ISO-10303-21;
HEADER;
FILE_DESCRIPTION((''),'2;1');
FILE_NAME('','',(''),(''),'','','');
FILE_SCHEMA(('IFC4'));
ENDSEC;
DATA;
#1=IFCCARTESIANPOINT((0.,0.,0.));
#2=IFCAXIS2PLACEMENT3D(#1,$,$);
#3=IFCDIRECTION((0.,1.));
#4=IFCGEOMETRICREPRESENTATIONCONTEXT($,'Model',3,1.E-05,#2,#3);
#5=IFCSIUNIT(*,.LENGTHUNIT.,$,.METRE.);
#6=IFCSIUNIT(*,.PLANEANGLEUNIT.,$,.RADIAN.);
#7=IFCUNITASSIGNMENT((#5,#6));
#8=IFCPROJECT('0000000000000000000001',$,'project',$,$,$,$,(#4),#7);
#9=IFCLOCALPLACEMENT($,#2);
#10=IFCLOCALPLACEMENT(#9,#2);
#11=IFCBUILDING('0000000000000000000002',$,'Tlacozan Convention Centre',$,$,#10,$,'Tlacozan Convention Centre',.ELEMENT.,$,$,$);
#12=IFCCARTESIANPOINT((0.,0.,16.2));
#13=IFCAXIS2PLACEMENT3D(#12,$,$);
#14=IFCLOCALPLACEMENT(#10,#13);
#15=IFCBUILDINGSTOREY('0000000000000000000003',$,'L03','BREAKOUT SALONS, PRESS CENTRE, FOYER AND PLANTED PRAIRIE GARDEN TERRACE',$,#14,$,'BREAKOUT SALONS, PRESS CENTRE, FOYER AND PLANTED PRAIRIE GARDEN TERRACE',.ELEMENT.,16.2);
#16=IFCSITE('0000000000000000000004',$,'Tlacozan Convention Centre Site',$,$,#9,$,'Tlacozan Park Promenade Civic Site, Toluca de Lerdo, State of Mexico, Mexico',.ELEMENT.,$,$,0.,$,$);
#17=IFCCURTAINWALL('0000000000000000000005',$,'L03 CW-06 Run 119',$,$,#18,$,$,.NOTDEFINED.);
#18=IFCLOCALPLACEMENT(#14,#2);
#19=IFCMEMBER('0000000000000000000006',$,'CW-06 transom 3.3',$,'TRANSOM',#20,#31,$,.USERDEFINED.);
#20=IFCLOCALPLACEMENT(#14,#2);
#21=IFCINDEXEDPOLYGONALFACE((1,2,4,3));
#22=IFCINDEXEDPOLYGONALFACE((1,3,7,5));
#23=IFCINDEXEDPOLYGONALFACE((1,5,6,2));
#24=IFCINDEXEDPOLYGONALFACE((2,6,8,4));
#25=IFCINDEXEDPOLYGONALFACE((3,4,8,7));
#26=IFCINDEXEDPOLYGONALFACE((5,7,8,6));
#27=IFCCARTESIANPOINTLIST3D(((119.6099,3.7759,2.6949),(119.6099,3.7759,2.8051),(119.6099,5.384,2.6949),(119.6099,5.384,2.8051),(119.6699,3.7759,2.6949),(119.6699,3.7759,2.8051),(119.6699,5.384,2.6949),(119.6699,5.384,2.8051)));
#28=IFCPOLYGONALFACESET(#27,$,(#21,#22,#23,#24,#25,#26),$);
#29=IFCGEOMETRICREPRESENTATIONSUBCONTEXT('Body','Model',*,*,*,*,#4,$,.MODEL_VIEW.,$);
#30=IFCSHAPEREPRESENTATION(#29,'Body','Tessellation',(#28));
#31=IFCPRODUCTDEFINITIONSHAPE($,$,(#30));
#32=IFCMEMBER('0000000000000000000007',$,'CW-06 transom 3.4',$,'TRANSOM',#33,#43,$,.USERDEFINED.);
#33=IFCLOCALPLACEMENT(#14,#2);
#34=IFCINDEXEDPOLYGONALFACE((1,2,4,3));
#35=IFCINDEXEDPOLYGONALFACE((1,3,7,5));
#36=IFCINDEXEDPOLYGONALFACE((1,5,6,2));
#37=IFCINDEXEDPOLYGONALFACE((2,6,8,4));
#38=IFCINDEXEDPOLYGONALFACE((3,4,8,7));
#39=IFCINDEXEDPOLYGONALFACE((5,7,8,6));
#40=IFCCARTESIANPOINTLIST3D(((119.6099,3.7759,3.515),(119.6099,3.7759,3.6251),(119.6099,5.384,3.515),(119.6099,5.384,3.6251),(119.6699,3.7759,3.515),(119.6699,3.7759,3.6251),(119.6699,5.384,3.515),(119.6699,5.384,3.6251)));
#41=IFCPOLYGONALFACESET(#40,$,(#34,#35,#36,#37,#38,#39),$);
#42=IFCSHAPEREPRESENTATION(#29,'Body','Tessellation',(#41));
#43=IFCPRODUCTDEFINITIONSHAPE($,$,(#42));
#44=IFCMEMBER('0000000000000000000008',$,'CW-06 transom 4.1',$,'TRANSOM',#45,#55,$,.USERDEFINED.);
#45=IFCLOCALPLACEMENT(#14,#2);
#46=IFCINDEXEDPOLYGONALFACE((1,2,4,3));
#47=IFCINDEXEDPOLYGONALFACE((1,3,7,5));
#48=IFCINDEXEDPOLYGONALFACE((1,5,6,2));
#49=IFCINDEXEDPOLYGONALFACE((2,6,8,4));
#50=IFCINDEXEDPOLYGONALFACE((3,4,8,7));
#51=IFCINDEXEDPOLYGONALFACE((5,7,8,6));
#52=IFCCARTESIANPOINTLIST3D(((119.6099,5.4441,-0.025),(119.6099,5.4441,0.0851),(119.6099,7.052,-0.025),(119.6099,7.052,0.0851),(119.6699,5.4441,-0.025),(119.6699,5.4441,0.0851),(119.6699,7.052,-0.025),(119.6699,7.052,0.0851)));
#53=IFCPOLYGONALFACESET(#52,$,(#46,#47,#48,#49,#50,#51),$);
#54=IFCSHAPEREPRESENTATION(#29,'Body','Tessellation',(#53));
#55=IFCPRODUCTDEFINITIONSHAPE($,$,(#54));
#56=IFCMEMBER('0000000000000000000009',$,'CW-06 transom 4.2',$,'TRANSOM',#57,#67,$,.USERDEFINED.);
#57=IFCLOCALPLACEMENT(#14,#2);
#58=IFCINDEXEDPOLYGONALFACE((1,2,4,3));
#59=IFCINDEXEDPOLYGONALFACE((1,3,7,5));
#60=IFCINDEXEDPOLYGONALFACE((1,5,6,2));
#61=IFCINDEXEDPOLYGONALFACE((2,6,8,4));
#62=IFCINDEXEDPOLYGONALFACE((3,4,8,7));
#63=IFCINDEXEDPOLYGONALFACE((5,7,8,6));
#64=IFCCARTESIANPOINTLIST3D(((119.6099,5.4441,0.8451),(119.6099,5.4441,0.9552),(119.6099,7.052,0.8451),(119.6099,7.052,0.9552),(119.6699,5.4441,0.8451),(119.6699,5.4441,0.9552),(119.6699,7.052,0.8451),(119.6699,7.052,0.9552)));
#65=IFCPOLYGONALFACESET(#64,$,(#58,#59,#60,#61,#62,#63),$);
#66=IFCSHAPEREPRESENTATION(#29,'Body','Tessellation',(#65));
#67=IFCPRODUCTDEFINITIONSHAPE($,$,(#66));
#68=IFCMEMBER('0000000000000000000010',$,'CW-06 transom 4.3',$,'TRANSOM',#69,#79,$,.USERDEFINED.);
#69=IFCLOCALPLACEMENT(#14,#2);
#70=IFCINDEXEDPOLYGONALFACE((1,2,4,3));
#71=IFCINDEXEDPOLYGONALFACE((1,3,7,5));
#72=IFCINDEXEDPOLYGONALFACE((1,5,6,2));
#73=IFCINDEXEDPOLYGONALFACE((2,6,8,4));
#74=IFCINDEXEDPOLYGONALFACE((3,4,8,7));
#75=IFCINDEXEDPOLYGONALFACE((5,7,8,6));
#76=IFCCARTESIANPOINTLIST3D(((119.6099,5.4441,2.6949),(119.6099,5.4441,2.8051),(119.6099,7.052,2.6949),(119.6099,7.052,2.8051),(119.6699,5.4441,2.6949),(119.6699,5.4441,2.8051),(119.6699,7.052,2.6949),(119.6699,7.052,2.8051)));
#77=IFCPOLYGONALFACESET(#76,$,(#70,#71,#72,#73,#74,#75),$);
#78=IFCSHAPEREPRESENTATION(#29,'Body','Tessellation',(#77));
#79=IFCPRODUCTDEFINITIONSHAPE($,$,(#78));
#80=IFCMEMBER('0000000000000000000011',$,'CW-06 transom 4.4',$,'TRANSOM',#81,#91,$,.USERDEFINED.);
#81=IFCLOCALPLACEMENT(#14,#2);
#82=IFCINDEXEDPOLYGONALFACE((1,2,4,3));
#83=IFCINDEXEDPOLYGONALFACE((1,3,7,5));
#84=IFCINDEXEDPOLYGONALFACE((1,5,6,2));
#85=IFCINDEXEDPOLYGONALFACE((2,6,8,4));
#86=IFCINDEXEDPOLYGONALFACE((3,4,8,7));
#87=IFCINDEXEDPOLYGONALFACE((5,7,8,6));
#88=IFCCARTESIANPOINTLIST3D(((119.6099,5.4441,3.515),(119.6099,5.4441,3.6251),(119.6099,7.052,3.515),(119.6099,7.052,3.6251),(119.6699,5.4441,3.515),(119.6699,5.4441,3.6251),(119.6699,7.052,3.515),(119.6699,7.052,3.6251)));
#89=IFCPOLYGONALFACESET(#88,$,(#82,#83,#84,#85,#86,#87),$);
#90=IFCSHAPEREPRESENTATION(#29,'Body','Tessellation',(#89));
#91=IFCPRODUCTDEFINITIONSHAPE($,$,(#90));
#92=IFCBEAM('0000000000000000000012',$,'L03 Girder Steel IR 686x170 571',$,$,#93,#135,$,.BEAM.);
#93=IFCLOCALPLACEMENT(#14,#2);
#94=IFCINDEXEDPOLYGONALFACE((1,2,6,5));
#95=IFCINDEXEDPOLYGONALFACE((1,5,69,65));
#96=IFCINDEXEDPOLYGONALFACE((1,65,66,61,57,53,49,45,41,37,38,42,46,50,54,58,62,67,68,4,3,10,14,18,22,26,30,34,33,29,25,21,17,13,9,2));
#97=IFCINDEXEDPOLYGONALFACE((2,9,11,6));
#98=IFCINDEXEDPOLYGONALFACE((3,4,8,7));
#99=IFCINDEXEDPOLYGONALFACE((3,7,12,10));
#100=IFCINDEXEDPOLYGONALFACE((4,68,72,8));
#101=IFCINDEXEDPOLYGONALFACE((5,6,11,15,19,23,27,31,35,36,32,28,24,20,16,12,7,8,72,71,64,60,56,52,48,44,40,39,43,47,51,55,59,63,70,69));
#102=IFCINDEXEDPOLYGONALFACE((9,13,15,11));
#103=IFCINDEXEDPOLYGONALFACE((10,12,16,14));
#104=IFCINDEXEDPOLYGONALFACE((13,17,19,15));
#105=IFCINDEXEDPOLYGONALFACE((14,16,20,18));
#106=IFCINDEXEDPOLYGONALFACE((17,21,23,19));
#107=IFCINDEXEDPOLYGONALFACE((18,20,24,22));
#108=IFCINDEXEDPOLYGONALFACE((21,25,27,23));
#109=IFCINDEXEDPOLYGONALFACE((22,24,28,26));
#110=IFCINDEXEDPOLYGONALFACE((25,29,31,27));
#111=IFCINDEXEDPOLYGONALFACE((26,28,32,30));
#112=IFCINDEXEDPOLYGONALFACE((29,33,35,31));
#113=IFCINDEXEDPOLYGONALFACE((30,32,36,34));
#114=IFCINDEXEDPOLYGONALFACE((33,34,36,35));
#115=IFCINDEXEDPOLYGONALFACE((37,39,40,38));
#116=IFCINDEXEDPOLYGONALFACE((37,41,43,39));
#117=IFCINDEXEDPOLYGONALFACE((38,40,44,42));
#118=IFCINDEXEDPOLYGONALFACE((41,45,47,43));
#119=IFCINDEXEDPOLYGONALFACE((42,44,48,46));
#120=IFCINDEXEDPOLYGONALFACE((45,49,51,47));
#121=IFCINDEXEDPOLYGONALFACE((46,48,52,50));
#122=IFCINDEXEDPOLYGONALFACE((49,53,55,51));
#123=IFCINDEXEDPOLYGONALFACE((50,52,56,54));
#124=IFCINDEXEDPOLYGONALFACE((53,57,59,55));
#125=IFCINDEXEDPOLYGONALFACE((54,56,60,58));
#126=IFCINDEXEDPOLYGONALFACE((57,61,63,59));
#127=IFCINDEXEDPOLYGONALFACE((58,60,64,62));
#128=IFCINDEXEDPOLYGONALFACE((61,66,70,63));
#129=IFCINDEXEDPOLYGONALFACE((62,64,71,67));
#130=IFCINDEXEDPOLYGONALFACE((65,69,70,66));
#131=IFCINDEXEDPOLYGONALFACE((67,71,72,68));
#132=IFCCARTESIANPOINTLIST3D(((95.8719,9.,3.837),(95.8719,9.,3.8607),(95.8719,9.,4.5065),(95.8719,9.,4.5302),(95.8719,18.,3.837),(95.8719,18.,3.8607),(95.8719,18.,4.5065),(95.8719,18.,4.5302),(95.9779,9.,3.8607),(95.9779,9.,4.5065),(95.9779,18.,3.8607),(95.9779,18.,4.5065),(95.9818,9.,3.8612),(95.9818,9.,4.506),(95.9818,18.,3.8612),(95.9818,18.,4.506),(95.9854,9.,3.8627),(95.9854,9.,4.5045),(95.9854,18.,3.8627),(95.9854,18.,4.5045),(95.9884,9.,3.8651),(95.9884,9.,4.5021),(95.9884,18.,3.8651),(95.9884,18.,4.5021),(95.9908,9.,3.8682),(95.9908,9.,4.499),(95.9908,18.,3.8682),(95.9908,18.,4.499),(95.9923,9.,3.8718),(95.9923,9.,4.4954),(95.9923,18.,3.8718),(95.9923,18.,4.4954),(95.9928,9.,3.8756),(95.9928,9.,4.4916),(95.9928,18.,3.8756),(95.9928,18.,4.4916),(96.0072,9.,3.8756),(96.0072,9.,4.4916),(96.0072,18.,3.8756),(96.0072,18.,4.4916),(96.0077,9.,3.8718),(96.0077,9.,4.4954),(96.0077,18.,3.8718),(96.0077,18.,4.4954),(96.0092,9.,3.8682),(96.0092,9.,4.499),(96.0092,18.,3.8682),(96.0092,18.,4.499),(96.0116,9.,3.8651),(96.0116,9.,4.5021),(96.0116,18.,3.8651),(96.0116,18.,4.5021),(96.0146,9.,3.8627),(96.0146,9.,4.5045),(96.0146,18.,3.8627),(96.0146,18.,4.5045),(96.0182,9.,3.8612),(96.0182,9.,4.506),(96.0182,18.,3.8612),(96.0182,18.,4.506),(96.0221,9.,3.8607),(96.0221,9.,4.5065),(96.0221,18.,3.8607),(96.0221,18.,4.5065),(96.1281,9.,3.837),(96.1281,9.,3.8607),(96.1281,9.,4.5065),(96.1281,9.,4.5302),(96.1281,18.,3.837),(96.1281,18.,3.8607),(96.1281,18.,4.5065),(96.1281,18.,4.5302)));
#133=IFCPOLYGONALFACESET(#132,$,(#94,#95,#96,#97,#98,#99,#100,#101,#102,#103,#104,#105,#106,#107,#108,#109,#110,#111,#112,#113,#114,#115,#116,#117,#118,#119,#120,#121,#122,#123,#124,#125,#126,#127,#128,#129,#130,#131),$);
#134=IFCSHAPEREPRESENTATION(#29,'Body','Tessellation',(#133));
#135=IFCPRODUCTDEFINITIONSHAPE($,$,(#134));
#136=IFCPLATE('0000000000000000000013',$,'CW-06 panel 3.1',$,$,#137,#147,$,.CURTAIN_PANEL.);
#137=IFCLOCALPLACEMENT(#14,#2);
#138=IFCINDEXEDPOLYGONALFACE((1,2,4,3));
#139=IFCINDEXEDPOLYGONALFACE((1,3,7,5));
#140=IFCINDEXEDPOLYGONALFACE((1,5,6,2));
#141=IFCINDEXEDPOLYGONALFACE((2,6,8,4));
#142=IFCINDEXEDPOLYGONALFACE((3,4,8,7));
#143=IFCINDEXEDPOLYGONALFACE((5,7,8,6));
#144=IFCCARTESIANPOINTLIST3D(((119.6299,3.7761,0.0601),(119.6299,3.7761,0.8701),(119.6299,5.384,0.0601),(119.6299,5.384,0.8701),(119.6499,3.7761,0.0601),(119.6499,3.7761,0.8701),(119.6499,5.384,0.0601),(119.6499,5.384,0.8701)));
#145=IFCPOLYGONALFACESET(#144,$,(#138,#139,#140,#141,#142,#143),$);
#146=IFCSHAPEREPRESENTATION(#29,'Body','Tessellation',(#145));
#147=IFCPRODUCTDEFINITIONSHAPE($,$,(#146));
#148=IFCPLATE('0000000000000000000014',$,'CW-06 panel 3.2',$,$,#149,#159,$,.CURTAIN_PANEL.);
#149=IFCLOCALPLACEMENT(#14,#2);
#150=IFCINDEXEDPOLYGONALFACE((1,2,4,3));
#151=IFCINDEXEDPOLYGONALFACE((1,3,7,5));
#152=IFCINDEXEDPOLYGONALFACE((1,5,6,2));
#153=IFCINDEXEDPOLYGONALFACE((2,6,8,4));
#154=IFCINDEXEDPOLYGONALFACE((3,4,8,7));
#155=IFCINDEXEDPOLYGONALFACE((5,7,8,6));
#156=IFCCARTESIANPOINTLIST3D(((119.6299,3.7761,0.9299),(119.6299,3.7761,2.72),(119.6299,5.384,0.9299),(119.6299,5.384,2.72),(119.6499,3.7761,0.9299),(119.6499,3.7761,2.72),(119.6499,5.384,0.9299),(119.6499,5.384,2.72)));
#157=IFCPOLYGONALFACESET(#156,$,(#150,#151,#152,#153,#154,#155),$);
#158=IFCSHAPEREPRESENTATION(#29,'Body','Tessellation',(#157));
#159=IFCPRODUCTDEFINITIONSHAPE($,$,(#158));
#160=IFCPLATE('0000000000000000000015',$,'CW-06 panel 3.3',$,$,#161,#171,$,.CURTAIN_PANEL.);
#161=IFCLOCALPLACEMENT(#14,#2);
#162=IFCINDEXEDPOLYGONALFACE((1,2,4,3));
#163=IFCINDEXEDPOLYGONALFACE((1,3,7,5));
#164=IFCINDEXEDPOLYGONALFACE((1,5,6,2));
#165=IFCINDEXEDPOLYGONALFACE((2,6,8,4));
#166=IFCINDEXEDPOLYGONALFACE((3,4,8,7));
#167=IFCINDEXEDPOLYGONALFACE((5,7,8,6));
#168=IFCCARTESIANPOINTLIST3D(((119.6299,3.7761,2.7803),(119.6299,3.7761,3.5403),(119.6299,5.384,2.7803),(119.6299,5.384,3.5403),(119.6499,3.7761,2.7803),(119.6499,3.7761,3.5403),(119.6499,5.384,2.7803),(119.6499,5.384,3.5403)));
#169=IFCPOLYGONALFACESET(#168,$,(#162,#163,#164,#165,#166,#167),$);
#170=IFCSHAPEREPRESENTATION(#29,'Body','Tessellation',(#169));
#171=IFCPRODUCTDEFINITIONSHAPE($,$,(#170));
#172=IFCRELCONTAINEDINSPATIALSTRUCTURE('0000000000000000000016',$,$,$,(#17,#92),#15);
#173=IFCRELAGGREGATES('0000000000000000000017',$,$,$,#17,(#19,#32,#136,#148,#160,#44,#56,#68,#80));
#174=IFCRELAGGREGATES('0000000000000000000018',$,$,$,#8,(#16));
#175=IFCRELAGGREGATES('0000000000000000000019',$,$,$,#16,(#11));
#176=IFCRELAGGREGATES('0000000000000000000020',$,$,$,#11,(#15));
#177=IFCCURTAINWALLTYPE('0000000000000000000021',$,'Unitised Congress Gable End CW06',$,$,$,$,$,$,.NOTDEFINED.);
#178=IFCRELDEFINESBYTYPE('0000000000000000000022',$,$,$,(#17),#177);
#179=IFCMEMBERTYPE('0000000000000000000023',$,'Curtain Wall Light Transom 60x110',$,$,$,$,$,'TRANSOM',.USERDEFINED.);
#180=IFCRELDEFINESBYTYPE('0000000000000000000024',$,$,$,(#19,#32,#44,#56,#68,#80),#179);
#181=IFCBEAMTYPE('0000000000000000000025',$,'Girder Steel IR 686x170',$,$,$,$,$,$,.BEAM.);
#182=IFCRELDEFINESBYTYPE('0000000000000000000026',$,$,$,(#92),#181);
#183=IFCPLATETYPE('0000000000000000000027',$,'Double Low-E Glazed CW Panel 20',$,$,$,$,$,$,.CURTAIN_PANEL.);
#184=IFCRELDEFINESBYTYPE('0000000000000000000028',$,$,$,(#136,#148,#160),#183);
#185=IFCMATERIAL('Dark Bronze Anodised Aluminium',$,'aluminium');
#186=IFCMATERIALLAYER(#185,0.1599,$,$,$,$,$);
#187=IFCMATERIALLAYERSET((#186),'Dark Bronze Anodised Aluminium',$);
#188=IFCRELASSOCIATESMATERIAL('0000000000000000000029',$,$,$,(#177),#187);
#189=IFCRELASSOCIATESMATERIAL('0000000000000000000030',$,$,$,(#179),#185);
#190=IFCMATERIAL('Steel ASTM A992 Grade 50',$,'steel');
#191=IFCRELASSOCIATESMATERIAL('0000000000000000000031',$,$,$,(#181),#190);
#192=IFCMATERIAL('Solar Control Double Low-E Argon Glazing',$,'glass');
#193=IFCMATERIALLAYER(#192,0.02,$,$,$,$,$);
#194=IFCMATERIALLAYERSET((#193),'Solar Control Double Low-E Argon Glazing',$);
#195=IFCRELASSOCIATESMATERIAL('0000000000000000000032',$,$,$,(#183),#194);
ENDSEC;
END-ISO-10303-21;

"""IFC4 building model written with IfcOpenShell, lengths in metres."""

from ifc_helpers import new_model, si_unit, direction, frame, origin, origin_2d, place, context, subcontext, project, spatial, rectangle, i_section, extrude, material, layer, layer_set, material_profile, profile_set, type_object, element, aggregate, save


model = new_model("IFC4")

# Units and contexts
model_context = context("Model", 3, precision=1e-05, world=origin(), true_north=direction((0.0, 1.0)))
body_context = subcontext(model_context, "Body", "Model", "MODEL_VIEW")
ifc_project = project(units=[si_unit("LENGTHUNIT", "METRE"), si_unit("PLANEANGLEUNIT", "RADIAN")], contexts=[model_context])

# Site, building, storey
site_placement = place(None, origin())
site = spatial("IfcSite", under=ifc_project, at=site_placement, Name="Tlacozan Convention Centre Site", LongName="Tlacozan Park Promenade Civic Site, Toluca de Lerdo, State of Mexico, Mexico", CompositionType="ELEMENT", RefElevation=0.0)
building_placement = place(site_placement, origin())
building = spatial("IfcBuilding", under=site, at=building_placement, Name="Tlacozan Convention Centre", LongName="Tlacozan Convention Centre", CompositionType="ELEMENT")
storey_placement = place(building_placement, frame((0.0, 0.0, 16.2)))
storey = spatial("IfcBuildingStorey", under=building, at=storey_placement, Name="L03", Description="BREAKOUT SALONS, PRESS CENTRE, FOYER AND PLANTED PRAIRIE GARDEN TERRACE", LongName="BREAKOUT SALONS, PRESS CENTRE, FOYER AND PLANTED PRAIRIE GARDEN TERRACE", CompositionType="ELEMENT", Elevation=16.2)

# Curtain wall, members
ifc_material_1 = material(Name="Dark Bronze Anodised Aluminium", Category="aluminium")
ifc_layer_1 = layer(ifc_material_1, 0.1599)
ifc_layer_set_1 = layer_set([ifc_layer_1], Name="Dark Bronze Anodised Aluminium")
curtain_wall_type = type_object("IfcCurtainWallType", Name="Unitised Congress Gable End CW06", PredefinedType="NOTDEFINED", material=ifc_layer_set_1)
curtain_wall_placement = place(storey_placement, origin())
curtain_wall = element("IfcCurtainWall", 1, at=curtain_wall_placement, inside=storey, type_object=curtain_wall_type, Name="L03 CW-06 Run 119", PredefinedType="NOTDEFINED")
ifc_material_profile_1 = material_profile(ifc_material_1, rectangle(XDim=0.0601, YDim=0.1101, at=origin_2d()), Name="ALU 60x110")
ifc_profile_set_1 = profile_set([ifc_material_profile_1], Name="Dark Bronze Anodised Aluminium")
member_type_1 = type_object("IfcMemberType", Name="Curtain Wall Light Transom 60x110", ElementType="TRANSOM", PredefinedType="USERDEFINED", material=ifc_profile_set_1)
member_1_placement = place(storey_placement, frame((119.6399, 3.7759, 2.75), z_axis=(0.0, 1.0, 0.0), x_axis=(-1.0, 0.0, 0.0)))
member_1 = element("IfcMember", 2, at=member_1_placement, type_object=member_type_1, Name="CW-06 transom 3.3", ObjectType="TRANSOM", PredefinedType="USERDEFINED", context=body_context, shape_type="SweptSolid", body=[
    extrude(rectangle(XDim=0.0601, YDim=0.1101, at=origin_2d()), origin(), (0.0, 0.0, 1.0), 1.6082),
])
member_2_placement = place(storey_placement, frame((119.6399, 3.7759, 3.5701), z_axis=(0.0, 1.0, 0.0), x_axis=(-1.0, 0.0, 0.0)))
member_2 = element("IfcMember", 3, at=member_2_placement, type_object=member_type_1, Name="CW-06 transom 3.4", ObjectType="TRANSOM", PredefinedType="USERDEFINED", context=body_context, shape_type="SweptSolid", body=[
    extrude(rectangle(XDim=0.0601, YDim=0.1101, at=origin_2d()), origin(), (0.0, 0.0, 1.0), 1.6082),
])
member_3_placement = place(storey_placement, frame((119.6399, 5.4441, 0.03), z_axis=(0.0, 1.0, 0.0), x_axis=(-1.0, 0.0, 0.0)))
member_3 = element("IfcMember", 4, at=member_3_placement, type_object=member_type_1, Name="CW-06 transom 4.1", ObjectType="TRANSOM", PredefinedType="USERDEFINED", context=body_context, shape_type="SweptSolid", body=[
    extrude(rectangle(XDim=0.0601, YDim=0.1101, at=origin_2d()), origin(), (0.0, 0.0, 1.0), 1.6079),
])
member_4_placement = place(storey_placement, frame((119.6399, 5.4441, 0.9001), z_axis=(0.0, 1.0, 0.0), x_axis=(-1.0, 0.0, 0.0)))
member_4 = element("IfcMember", 5, at=member_4_placement, type_object=member_type_1, Name="CW-06 transom 4.2", ObjectType="TRANSOM", PredefinedType="USERDEFINED", context=body_context, shape_type="SweptSolid", body=[
    extrude(rectangle(XDim=0.0601, YDim=0.1101, at=origin_2d()), origin(), (0.0, 0.0, 1.0), 1.6079),
])
member_5_placement = place(storey_placement, frame((119.6399, 5.4441, 2.75), z_axis=(0.0, 1.0, 0.0), x_axis=(-1.0, 0.0, 0.0)))
member_5 = element("IfcMember", 6, at=member_5_placement, type_object=member_type_1, Name="CW-06 transom 4.3", ObjectType="TRANSOM", PredefinedType="USERDEFINED", context=body_context, shape_type="SweptSolid", body=[
    extrude(rectangle(XDim=0.0601, YDim=0.1101, at=origin_2d()), origin(), (0.0, 0.0, 1.0), 1.6079),
])
member_6_placement = place(storey_placement, frame((119.6399, 5.4441, 3.5701), z_axis=(0.0, 1.0, 0.0), x_axis=(-1.0, 0.0, 0.0)))
member_6 = element("IfcMember", 7, at=member_6_placement, type_object=member_type_1, Name="CW-06 transom 4.4", ObjectType="TRANSOM", PredefinedType="USERDEFINED", context=body_context, shape_type="SweptSolid", body=[
    extrude(rectangle(XDim=0.0601, YDim=0.1101, at=origin_2d()), origin(), (0.0, 0.0, 1.0), 1.6079),
])

# Beam
ifc_material_2 = material(Name="Steel ASTM A992 Grade 50", Category="steel")
ifc_material_profile_2 = material_profile(ifc_material_2, i_section(OverallWidth=0.2561, OverallDepth=0.6931, WebThickness=0.0144, FlangeThickness=0.0237, FilletRadius=0.0149, at=origin_2d()), Name="IR 686x170.0")
ifc_profile_set_2 = profile_set([ifc_material_profile_2], Name="Steel ASTM A992 Grade 50")
beam_type = type_object("IfcBeamType", Name="Girder Steel IR 686x170", PredefinedType="BEAM", material=ifc_profile_set_2)
beam_placement = place(storey_placement, frame((96.0, 9.0, 4.1836), z_axis=(0.0, 1.0, 0.0), x_axis=(-1.0, 0.0, 0.0)))
element("IfcBeam", 8, at=beam_placement, inside=storey, type_object=beam_type, Name="L03 Girder Steel IR 686x170 571", PredefinedType="BEAM", context=body_context, shape_type="SweptSolid", body=[
    extrude(i_section(OverallWidth=0.2561, OverallDepth=0.6931, WebThickness=0.0144, FlangeThickness=0.0237, FilletRadius=0.0149, at=origin_2d()), origin(), (0.0, 0.0, 1.0), 9.0),
])

# Plates
ifc_material_3 = material(Name="Solar Control Double Low-E Argon Glazing", Category="glass")
ifc_layer_2 = layer(ifc_material_3, 0.02)
ifc_layer_set_2 = layer_set([ifc_layer_2], Name="Solar Control Double Low-E Argon Glazing")
plate_type = type_object("IfcPlateType", Name="Double Low-E Glazed CW Panel 20", PredefinedType="CURTAIN_PANEL", material=ifc_layer_set_2)
plate_1_placement = place(storey_placement, frame((119.6399, 4.5801, 0.0601), z_axis=(0.0, 0.0, 1.0), x_axis=(0.0, 1.0, 0.0)))
plate_1 = element("IfcPlate", 9, at=plate_1_placement, type_object=plate_type, Name="CW-06 panel 3.1", PredefinedType="CURTAIN_PANEL", context=body_context, shape_type="SweptSolid", body=[
    extrude(rectangle(XDim=1.6079, YDim=0.02, at=origin_2d()), origin(), (0.0, 0.0, 1.0), 0.8101),
])
plate_2_placement = place(storey_placement, frame((119.6399, 4.5801, 0.9299), z_axis=(0.0, 0.0, 1.0), x_axis=(0.0, 1.0, 0.0)))
plate_2 = element("IfcPlate", 10, at=plate_2_placement, type_object=plate_type, Name="CW-06 panel 3.2", PredefinedType="CURTAIN_PANEL", context=body_context, shape_type="SweptSolid", body=[
    extrude(rectangle(XDim=1.6079, YDim=0.02, at=origin_2d()), origin(), (0.0, 0.0, 1.0), 1.79),
])
plate_3_placement = place(storey_placement, frame((119.6399, 4.5801, 2.7803), z_axis=(0.0, 0.0, 1.0), x_axis=(0.0, 1.0, 0.0)))
plate_3 = element("IfcPlate", 11, at=plate_3_placement, type_object=plate_type, Name="CW-06 panel 3.3", PredefinedType="CURTAIN_PANEL", context=body_context, shape_type="SweptSolid", body=[
    extrude(rectangle(XDim=1.6079, YDim=0.02, at=origin_2d()), origin(), (0.0, 0.0, 1.0), 0.76),
])
aggregate(curtain_wall, [member_1, member_2, plate_1, plate_2, plate_3, member_3, member_4, member_5, member_6])

save(model, "model.ifc")
